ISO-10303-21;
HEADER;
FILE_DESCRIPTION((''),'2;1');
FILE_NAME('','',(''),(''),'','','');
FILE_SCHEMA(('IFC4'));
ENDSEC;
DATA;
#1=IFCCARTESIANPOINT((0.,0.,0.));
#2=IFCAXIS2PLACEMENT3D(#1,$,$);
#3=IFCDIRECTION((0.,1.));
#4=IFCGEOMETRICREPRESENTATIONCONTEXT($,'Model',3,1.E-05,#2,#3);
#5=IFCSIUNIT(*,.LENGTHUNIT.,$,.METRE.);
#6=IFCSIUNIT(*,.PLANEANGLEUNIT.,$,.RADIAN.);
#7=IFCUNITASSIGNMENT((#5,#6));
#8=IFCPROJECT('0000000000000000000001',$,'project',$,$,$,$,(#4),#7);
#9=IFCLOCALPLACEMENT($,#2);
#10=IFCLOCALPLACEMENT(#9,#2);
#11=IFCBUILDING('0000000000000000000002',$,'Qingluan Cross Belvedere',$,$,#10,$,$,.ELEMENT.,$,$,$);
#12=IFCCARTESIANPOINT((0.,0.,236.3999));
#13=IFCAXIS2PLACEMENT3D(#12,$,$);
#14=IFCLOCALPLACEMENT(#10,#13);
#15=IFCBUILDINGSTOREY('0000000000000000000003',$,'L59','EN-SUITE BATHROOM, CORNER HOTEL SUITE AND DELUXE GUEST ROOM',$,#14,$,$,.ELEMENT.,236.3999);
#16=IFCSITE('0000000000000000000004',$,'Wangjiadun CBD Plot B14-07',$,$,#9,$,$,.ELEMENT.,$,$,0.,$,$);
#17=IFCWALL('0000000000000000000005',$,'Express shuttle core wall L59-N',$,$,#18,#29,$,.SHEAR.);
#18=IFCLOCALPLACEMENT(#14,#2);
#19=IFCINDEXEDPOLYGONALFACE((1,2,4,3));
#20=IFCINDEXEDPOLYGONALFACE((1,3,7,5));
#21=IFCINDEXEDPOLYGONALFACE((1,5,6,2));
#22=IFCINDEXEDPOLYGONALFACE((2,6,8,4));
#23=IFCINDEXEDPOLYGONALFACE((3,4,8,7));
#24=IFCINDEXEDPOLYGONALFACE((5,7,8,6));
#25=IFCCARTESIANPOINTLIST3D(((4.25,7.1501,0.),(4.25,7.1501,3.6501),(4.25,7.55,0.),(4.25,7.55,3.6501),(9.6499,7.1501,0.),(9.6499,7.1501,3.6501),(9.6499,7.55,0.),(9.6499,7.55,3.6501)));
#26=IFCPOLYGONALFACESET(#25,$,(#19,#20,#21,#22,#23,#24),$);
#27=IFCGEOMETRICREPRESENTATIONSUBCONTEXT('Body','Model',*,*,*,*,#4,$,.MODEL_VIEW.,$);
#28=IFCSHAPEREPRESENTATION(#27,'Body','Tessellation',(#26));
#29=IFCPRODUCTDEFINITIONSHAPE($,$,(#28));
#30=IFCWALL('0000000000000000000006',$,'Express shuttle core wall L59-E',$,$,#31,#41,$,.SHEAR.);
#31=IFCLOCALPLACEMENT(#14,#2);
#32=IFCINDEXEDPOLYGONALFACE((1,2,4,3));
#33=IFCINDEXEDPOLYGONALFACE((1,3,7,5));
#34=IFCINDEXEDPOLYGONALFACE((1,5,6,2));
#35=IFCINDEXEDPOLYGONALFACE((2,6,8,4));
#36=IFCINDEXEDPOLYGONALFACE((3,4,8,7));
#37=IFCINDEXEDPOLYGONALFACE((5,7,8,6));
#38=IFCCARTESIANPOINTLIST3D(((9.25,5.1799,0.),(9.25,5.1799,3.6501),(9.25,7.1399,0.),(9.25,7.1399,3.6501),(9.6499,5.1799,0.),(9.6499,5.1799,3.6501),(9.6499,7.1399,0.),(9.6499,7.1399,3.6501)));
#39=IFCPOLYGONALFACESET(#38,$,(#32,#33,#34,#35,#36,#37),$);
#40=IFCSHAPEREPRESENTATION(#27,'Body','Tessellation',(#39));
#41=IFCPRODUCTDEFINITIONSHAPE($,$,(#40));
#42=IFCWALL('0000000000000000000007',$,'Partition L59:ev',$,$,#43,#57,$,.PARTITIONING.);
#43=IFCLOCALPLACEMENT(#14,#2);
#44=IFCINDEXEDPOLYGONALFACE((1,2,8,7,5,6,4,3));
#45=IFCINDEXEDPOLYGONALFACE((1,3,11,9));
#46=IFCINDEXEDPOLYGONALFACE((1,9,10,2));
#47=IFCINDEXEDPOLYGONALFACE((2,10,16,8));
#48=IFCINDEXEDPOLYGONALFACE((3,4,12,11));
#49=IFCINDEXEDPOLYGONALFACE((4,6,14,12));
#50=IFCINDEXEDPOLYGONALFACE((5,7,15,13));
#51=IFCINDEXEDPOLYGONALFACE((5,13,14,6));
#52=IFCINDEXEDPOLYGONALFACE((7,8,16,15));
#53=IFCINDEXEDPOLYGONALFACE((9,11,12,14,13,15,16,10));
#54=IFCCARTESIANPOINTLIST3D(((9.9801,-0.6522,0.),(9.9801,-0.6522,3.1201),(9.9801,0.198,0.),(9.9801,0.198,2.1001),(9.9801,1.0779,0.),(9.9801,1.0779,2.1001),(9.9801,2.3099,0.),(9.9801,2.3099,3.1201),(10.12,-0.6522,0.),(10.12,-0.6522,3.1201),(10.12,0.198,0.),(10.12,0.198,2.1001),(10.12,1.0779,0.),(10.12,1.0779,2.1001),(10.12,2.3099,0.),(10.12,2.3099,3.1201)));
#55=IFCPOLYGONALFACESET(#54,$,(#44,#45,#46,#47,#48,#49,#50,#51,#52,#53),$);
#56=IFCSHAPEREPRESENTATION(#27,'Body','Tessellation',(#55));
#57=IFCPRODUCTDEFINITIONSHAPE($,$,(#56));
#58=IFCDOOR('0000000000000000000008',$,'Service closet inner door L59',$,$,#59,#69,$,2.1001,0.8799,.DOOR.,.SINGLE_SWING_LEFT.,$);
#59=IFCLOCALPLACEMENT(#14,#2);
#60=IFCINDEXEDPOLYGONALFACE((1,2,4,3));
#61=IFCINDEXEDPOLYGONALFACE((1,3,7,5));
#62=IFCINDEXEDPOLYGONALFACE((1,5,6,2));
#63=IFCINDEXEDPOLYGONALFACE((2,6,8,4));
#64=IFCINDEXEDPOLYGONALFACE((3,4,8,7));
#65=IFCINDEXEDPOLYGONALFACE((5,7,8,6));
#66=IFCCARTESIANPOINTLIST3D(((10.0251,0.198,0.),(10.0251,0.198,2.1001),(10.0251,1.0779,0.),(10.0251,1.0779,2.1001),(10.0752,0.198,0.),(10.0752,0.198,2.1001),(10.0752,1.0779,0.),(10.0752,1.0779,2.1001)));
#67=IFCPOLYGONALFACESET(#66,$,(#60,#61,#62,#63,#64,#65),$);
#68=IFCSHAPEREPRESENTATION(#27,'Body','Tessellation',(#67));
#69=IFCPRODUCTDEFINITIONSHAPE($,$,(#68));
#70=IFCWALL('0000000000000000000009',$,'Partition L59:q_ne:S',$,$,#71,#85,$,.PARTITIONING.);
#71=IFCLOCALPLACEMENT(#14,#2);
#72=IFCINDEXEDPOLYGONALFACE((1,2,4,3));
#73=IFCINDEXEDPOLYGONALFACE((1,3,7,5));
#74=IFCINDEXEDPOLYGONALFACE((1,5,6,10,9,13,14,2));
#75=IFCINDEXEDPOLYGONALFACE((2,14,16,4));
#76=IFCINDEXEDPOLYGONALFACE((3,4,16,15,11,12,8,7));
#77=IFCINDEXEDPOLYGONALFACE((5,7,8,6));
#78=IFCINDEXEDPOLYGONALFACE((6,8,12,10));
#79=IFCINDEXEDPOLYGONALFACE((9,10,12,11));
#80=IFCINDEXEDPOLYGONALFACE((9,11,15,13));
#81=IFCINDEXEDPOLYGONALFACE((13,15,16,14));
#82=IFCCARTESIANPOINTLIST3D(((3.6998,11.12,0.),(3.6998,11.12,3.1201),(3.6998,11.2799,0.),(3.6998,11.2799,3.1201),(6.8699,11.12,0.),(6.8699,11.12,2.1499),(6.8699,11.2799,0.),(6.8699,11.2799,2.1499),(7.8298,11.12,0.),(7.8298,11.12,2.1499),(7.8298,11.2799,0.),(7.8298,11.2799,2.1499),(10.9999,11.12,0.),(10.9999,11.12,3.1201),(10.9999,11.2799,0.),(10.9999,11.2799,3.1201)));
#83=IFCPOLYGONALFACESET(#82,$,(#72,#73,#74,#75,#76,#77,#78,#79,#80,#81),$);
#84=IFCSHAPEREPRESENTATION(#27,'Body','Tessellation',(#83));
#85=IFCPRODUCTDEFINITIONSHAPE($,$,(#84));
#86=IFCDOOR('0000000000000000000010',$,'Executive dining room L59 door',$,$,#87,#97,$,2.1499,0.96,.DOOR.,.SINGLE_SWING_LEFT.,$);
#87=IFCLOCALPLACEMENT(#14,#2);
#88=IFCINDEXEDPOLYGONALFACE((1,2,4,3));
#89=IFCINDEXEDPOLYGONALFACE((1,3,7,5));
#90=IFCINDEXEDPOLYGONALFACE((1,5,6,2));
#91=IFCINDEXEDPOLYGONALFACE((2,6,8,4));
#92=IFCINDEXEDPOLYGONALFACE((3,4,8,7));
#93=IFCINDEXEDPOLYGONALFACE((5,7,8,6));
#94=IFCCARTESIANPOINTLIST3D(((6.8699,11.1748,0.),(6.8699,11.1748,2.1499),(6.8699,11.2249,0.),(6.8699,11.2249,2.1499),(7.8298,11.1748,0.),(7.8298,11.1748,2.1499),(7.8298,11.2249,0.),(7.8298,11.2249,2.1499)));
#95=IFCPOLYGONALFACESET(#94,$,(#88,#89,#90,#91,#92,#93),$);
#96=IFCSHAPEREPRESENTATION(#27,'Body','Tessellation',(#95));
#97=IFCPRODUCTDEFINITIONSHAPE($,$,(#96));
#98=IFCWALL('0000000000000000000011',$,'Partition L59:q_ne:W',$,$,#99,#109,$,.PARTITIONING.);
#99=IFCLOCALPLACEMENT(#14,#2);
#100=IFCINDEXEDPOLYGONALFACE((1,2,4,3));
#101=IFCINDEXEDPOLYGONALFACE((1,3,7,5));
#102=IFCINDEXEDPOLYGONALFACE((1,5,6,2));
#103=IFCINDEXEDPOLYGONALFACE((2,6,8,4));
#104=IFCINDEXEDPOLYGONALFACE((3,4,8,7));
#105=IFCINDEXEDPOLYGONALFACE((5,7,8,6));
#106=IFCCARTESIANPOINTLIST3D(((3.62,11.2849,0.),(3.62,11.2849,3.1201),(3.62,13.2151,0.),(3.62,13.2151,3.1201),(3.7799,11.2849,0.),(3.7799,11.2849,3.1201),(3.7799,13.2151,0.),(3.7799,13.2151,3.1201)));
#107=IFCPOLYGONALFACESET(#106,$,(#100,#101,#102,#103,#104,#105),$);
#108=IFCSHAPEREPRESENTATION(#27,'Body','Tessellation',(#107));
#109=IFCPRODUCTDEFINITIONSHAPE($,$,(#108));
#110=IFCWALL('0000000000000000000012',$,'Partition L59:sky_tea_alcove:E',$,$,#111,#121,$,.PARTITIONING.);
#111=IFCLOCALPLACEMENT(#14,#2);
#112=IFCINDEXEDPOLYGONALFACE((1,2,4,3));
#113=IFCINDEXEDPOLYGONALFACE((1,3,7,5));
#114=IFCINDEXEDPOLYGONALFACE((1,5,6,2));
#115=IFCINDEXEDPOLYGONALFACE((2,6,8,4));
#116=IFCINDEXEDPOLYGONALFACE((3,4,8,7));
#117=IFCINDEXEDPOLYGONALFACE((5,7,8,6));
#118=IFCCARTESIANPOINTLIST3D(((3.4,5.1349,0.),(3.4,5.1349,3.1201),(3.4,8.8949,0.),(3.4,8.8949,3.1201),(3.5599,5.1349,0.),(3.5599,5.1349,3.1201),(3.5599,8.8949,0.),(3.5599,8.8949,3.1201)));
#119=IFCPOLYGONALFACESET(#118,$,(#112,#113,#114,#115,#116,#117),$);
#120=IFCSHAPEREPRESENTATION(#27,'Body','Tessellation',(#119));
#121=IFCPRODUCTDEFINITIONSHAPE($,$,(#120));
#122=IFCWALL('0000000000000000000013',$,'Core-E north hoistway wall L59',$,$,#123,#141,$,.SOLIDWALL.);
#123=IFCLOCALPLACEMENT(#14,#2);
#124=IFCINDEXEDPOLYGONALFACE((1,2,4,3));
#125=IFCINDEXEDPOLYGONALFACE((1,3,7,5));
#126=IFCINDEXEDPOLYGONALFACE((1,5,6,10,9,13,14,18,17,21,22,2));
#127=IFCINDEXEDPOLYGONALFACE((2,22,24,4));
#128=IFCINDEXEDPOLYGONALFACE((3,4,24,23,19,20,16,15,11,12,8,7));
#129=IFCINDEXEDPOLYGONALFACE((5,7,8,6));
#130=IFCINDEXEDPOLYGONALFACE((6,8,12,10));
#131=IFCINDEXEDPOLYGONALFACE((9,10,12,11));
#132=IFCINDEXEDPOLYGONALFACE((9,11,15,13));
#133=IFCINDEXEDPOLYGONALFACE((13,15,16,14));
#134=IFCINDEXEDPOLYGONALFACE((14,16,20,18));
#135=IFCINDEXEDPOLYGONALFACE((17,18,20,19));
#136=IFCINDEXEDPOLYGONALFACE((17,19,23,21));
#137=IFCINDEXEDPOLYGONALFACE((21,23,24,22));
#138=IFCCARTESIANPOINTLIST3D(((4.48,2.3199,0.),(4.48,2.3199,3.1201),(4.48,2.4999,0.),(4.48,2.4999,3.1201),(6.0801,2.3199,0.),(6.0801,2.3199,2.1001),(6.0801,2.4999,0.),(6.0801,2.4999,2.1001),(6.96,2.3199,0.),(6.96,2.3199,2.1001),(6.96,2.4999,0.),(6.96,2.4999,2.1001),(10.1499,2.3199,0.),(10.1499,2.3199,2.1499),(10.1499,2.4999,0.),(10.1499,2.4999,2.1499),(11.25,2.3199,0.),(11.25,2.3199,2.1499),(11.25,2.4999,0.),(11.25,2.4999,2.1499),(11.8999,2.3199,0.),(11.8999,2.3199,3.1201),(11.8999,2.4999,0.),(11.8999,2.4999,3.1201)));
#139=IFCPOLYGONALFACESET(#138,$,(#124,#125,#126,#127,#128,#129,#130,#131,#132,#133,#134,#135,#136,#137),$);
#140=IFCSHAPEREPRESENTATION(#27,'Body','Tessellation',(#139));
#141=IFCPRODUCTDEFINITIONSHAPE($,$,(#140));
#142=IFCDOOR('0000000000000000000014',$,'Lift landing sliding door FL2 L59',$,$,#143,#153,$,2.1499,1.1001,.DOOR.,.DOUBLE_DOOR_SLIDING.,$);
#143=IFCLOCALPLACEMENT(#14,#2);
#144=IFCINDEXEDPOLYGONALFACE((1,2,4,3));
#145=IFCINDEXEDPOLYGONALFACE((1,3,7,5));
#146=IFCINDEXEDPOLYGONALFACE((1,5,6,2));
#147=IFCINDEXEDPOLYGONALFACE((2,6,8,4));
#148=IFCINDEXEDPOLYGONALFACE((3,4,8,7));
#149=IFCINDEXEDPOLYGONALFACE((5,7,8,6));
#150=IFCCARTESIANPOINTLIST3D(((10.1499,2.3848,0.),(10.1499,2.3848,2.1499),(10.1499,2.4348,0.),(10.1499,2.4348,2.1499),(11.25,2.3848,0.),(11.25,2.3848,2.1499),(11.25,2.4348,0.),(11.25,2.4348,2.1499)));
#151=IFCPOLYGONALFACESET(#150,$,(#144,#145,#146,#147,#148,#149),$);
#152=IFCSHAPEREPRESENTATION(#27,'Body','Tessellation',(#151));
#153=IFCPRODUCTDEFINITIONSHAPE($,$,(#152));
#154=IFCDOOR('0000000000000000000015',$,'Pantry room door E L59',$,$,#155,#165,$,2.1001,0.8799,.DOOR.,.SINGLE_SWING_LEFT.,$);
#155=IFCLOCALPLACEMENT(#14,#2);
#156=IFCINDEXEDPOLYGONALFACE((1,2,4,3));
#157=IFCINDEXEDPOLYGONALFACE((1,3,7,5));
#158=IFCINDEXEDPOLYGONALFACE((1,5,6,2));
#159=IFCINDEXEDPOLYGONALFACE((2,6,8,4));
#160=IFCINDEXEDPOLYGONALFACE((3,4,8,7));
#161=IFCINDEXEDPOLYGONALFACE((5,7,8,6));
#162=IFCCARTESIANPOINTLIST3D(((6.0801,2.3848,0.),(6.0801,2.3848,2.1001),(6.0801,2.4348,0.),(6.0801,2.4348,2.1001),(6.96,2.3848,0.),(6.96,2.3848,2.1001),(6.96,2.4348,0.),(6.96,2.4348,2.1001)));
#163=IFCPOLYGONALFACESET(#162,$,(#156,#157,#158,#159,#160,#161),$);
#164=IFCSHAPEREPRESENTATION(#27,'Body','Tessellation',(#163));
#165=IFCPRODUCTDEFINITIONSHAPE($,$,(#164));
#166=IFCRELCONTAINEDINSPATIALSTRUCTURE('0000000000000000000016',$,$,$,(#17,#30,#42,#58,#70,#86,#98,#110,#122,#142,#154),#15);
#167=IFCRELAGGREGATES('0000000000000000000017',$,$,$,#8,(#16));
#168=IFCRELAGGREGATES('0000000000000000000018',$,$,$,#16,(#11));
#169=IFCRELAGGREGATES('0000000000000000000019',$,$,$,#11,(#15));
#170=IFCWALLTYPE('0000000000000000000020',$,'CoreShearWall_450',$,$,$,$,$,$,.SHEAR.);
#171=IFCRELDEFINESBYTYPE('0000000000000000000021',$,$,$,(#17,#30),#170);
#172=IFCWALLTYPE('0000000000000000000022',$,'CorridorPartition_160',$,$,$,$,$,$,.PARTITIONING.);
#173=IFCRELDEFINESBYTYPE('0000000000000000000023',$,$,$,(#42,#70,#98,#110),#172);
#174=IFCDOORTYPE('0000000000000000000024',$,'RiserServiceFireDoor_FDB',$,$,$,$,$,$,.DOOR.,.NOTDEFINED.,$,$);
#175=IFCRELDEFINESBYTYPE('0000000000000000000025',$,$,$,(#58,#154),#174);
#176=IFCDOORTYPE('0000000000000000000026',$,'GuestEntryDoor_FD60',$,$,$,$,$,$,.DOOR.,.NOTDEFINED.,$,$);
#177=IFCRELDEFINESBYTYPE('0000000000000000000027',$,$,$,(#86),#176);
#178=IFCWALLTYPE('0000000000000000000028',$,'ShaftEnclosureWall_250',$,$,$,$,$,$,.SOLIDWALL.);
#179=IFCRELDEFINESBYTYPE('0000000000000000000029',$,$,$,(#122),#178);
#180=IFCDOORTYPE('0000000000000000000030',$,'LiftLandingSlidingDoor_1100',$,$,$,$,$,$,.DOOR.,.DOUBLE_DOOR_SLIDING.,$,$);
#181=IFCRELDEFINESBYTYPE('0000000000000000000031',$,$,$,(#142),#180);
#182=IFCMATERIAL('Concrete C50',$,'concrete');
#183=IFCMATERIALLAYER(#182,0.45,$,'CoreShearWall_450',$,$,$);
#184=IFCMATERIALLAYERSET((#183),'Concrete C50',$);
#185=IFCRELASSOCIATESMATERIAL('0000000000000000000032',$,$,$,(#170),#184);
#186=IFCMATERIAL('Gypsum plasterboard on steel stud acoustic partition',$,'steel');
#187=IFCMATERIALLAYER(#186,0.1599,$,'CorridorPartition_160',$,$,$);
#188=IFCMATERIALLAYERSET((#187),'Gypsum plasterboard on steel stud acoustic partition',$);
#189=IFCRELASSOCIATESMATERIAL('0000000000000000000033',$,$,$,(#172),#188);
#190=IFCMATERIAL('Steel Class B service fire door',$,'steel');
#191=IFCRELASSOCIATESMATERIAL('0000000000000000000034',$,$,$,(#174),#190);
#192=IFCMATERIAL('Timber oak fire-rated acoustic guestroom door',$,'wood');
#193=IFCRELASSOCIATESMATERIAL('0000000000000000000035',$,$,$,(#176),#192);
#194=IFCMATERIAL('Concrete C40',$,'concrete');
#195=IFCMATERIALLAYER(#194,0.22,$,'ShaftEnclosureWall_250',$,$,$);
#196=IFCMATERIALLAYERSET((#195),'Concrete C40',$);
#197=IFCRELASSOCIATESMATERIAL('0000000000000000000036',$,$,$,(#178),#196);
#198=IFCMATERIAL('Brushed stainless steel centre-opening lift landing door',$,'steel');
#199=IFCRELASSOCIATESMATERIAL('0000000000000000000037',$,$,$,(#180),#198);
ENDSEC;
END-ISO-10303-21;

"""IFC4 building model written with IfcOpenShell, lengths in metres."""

from ifc_helpers import new_model, si_unit, direction, frame, frame_2d, origin, place, context, subcontext, project, spatial, rectangle, extrude, material, layer, layer_set, type_object, element, fill, save


model = new_model("IFC4")

# Units and contexts
model_context = context("Model", 3, precision=1e-05, world=origin(), true_north=direction((0.0, 1.0)))
body_context = subcontext(model_context, "Body", "Model", "MODEL_VIEW")
ifc_project = project(units=[si_unit("LENGTHUNIT", "METRE"), si_unit("PLANEANGLEUNIT", "RADIAN")], contexts=[model_context])

# Site, building, storey
site_placement = place(None, origin())
site = spatial("IfcSite", under=ifc_project, at=site_placement, Name="Wangjiadun CBD Plot B14-07", CompositionType="ELEMENT", RefElevation=0.0)
building_placement = place(site_placement, origin())
building = spatial("IfcBuilding", under=site, at=building_placement, Name="Qingluan Cross Belvedere", CompositionType="ELEMENT")
storey_placement = place(building_placement, frame((0.0, 0.0, 236.3999)))
storey = spatial("IfcBuildingStorey", under=building, at=storey_placement, Name="L59", Description="EN-SUITE BATHROOM, CORNER HOTEL SUITE AND DELUXE GUEST ROOM", CompositionType="ELEMENT", Elevation=236.3999)

# Walls
ifc_material_1 = material(Name="Concrete C50", Category="concrete")
ifc_layer_1 = layer(ifc_material_1, 0.45, Name="CoreShearWall_450")
ifc_layer_set_1 = layer_set([ifc_layer_1], Name="Concrete C50")
wall_type_1 = type_object("IfcWallType", Name="CoreShearWall_450", PredefinedType="SHEAR", material=ifc_layer_set_1)
wall_1_placement = place(storey_placement, frame((4.25, 7.3501, 0.0), z_axis=(0.0, 0.0, 1.0), x_axis=(1.0, 0.0, 0.0)))
element("IfcWall", 1, at=wall_1_placement, inside=storey, type_object=wall_type_1, Name="Express shuttle core wall L59-N", PredefinedType="SHEAR", context=body_context, shape_type="SweptSolid", body=[
    extrude(rectangle(XDim=5.3999, YDim=0.3999, at=frame_2d((2.7, 0.0))), origin(), (0.0, 0.0, 1.0), 3.6501),
])
wall_2_placement = place(storey_placement, frame((9.45, 5.1799, 0.0), z_axis=(0.0, 0.0, 1.0), x_axis=(0.0, 1.0, 0.0)))
element("IfcWall", 2, at=wall_2_placement, inside=storey, type_object=wall_type_1, Name="Express shuttle core wall L59-E", PredefinedType="SHEAR", context=body_context, shape_type="SweptSolid", body=[
    extrude(rectangle(XDim=1.96, YDim=0.3999, at=frame_2d((0.98, 0.0))), origin(), (0.0, 0.0, 1.0), 3.6501),
])

# Walls, openings, doors
ifc_material_2 = material(Name="Gypsum plasterboard on steel stud acoustic partition", Category="steel")
ifc_layer_2 = layer(ifc_material_2, 0.1599, Name="CorridorPartition_160")
ifc_layer_set_2 = layer_set([ifc_layer_2], Name="Gypsum plasterboard on steel stud acoustic partition")
wall_type_2 = type_object("IfcWallType", Name="CorridorPartition_160", PredefinedType="PARTITIONING", material=ifc_layer_set_2)
wall_3_placement = place(storey_placement, frame((10.05, -0.6521, 0.0), z_axis=(0.0, 0.0, 1.0), x_axis=(0.0, 1.0, 0.0)))
wall_3 = element("IfcWall", 3, at=wall_3_placement, inside=storey, type_object=wall_type_2, Name="Partition L59:ev", PredefinedType="PARTITIONING", context=body_context, shape_type="SweptSolid", body=[
    extrude(rectangle(XDim=2.9622, YDim=0.1399, at=frame_2d((1.481, 0.0))), origin(), (0.0, 0.0, 1.0), 3.1201),
])
opening_1_placement = place(wall_3_placement, frame((0.8501, 0.0, 0.0)))
opening_1 = element("IfcOpeningElement", 4, at=opening_1_placement, cuts=wall_3, PredefinedType="OPENING", context=body_context, shape_type="SweptSolid", body=[
    extrude(rectangle(XDim=0.8799, YDim=2.1001, at=frame_2d((0.4399, 1.05))), frame((0.0, 0.0798, 0.0), z_axis=(0.0, -1.0, 0.0), x_axis=(1.0, 0.0, 0.0)), (0.0, 0.0, 1.0), 0.1599),
])
ifc_material_3 = material(Name="Steel Class B service fire door", Category="steel")
door_type_1 = type_object("IfcDoorType", Name="RiserServiceFireDoor_FDB", OperationType="NOTDEFINED", PredefinedType="DOOR", material=ifc_material_3)
door_1_placement = place(opening_1_placement, origin())
door_1 = element("IfcDoor", 5, at=door_1_placement, inside=storey, type_object=door_type_1, Name="Service closet inner door L59", OperationType="SINGLE_SWING_LEFT", OverallHeight=2.1001, OverallWidth=0.8799, PredefinedType="DOOR", context=body_context, shape_type="SweptSolid", body=[
    extrude(rectangle(XDim=0.8799, YDim=2.1001, at=frame_2d((0.4399, 1.05))), frame((0.0, 0.0249, 0.0), z_axis=(0.0, -1.0, 0.0), x_axis=(1.0, 0.0, 0.0)), (0.0, 0.0, 1.0), 0.05),
])
fill(opening_1, door_1)
wall_4_placement = place(storey_placement, frame((3.7, 11.2, 0.0), z_axis=(0.0, 0.0, 1.0), x_axis=(1.0, 0.0, 0.0)))
wall_4 = element("IfcWall", 6, at=wall_4_placement, inside=storey, type_object=wall_type_2, Name="Partition L59:q_ne:S", PredefinedType="PARTITIONING", context=body_context, shape_type="SweptSolid", body=[
    extrude(rectangle(XDim=7.3, YDim=0.1599, at=frame_2d((3.6499, 0.0))), origin(), (0.0, 0.0, 1.0), 3.1201),
])
opening_2_placement = place(wall_4_placement, frame((3.1699, 0.0, 0.0)))
opening_2 = element("IfcOpeningElement", 7, at=opening_2_placement, cuts=wall_4, PredefinedType="OPENING", context=body_context, shape_type="SweptSolid", body=[
    extrude(rectangle(XDim=0.96, YDim=2.1499, at=frame_2d((0.48, 1.075))), frame((0.0, 0.0898, 0.0), z_axis=(0.0, -1.0, 0.0), x_axis=(1.0, 0.0, 0.0)), (0.0, 0.0, 1.0), 0.1799),
])
ifc_material_4 = material(Name="Timber oak fire-rated acoustic guestroom door", Category="wood")
door_type_2 = type_object("IfcDoorType", Name="GuestEntryDoor_FD60", OperationType="NOTDEFINED", PredefinedType="DOOR", material=ifc_material_4)
door_2_placement = place(opening_2_placement, origin())
door_2 = element("IfcDoor", 8, at=door_2_placement, inside=storey, type_object=door_type_2, Name="Executive dining room L59 door", OperationType="SINGLE_SWING_LEFT", OverallHeight=2.1499, OverallWidth=0.96, PredefinedType="DOOR", context=body_context, shape_type="SweptSolid", body=[
    extrude(rectangle(XDim=0.96, YDim=2.1499, at=frame_2d((0.48, 1.075))), frame((0.0, 0.0249, 0.0), z_axis=(0.0, -1.0, 0.0), x_axis=(1.0, 0.0, 0.0)), (0.0, 0.0, 1.0), 0.05),
])
fill(opening_2, door_2)

# Walls
wall_5_placement = place(storey_placement, frame((3.7, 11.2849, 0.0), z_axis=(0.0, 0.0, 1.0), x_axis=(0.0, 1.0, 0.0)))
element("IfcWall", 9, at=wall_5_placement, inside=storey, type_object=wall_type_2, Name="Partition L59:q_ne:W", PredefinedType="PARTITIONING", context=body_context, shape_type="SweptSolid", body=[
    extrude(rectangle(XDim=1.9302, YDim=0.1599, at=frame_2d((0.9651, 0.0))), origin(), (0.0, 0.0, 1.0), 3.1201),
])
wall_6_placement = place(storey_placement, frame((3.48, 5.135, 0.0), z_axis=(0.0, 0.0, 1.0), x_axis=(0.0, 1.0, 0.0)))
element("IfcWall", 10, at=wall_6_placement, inside=storey, type_object=wall_type_2, Name="Partition L59:sky_tea_alcove:E", PredefinedType="PARTITIONING", context=body_context, shape_type="SweptSolid", body=[
    extrude(rectangle(XDim=3.76, YDim=0.1599, at=frame_2d((1.8799, 0.0))), origin(), (0.0, 0.0, 1.0), 3.1201),
])

# Wall, openings, doors
ifc_material_5 = material(Name="Concrete C40", Category="concrete")
ifc_layer_3 = layer(ifc_material_5, 0.22, Name="ShaftEnclosureWall_250")
ifc_layer_set_3 = layer_set([ifc_layer_3], Name="Concrete C40")
wall_type_3 = type_object("IfcWallType", Name="ShaftEnclosureWall_250", PredefinedType="SOLIDWALL", material=ifc_layer_set_3)
wall_7_placement = place(storey_placement, frame((4.48, 2.4099, 0.0), z_axis=(0.0, 0.0, 1.0), x_axis=(1.0, 0.0, 0.0)))
wall_7 = element("IfcWall", 11, at=wall_7_placement, inside=storey, type_object=wall_type_3, Name="Core-E north hoistway wall L59", PredefinedType="SOLIDWALL", context=body_context, shape_type="SweptSolid", body=[
    extrude(rectangle(XDim=7.4199, YDim=0.1799, at=frame_2d((3.71, 0.0))), origin(), (0.0, 0.0, 1.0), 3.1201),
])
opening_3_placement = place(wall_7_placement, frame((5.6699, 0.0, 0.0)))
opening_3 = element("IfcOpeningElement", 12, at=opening_3_placement, cuts=wall_7, PredefinedType="OPENING", context=body_context, shape_type="SweptSolid", body=[
    extrude(rectangle(XDim=1.1001, YDim=2.1499, at=frame_2d((0.55, 1.075))), frame((0.0, 0.0999, 0.0), z_axis=(0.0, -1.0, 0.0), x_axis=(1.0, 0.0, 0.0)), (0.0, 0.0, 1.0), 0.2),
])
opening_4_placement = place(wall_7_placement, frame((1.6001, 0.0, 0.0)))
opening_4 = element("IfcOpeningElement", 13, at=opening_4_placement, cuts=wall_7, PredefinedType="OPENING", context=body_context, shape_type="SweptSolid", body=[
    extrude(rectangle(XDim=0.8799, YDim=2.1001, at=frame_2d((0.4399, 1.05))), frame((0.0, 0.0999, 0.0), z_axis=(0.0, -1.0, 0.0), x_axis=(1.0, 0.0, 0.0)), (0.0, 0.0, 1.0), 0.2),
])
ifc_material_6 = material(Name="Brushed stainless steel centre-opening lift landing door", Category="steel")
door_type_3 = type_object("IfcDoorType", Name="LiftLandingSlidingDoor_1100", OperationType="DOUBLE_DOOR_SLIDING", PredefinedType="DOOR", material=ifc_material_6)
door_3_placement = place(opening_3_placement, origin())
door_3 = element("IfcDoor", 14, at=door_3_placement, inside=storey, type_object=door_type_3, Name="Lift landing sliding door FL2 L59", OperationType="DOUBLE_DOOR_SLIDING", OverallHeight=2.1499, OverallWidth=1.1001, PredefinedType="DOOR", context=body_context, shape_type="SweptSolid", body=[
    extrude(rectangle(XDim=1.1001, YDim=2.1499, at=frame_2d((0.55, 1.075))), frame((0.0, 0.0249, 0.0), z_axis=(0.0, -1.0, 0.0), x_axis=(1.0, 0.0, 0.0)), (0.0, 0.0, 1.0), 0.05),
])
fill(opening_3, door_3)
door_4_placement = place(opening_4_placement, origin())
door_4 = element("IfcDoor", 15, at=door_4_placement, inside=storey, type_object=door_type_1, Name="Pantry room door E L59", OperationType="SINGLE_SWING_LEFT", OverallHeight=2.1001, OverallWidth=0.8799, PredefinedType="DOOR", context=body_context, shape_type="SweptSolid", body=[
    extrude(rectangle(XDim=0.8799, YDim=2.1001, at=frame_2d((0.4399, 1.05))), frame((0.0, 0.0249, 0.0), z_axis=(0.0, -1.0, 0.0), x_axis=(1.0, 0.0, 0.0)), (0.0, 0.0, 1.0), 0.05),
])
fill(opening_4, door_4)

save(model, "model.ifc")
